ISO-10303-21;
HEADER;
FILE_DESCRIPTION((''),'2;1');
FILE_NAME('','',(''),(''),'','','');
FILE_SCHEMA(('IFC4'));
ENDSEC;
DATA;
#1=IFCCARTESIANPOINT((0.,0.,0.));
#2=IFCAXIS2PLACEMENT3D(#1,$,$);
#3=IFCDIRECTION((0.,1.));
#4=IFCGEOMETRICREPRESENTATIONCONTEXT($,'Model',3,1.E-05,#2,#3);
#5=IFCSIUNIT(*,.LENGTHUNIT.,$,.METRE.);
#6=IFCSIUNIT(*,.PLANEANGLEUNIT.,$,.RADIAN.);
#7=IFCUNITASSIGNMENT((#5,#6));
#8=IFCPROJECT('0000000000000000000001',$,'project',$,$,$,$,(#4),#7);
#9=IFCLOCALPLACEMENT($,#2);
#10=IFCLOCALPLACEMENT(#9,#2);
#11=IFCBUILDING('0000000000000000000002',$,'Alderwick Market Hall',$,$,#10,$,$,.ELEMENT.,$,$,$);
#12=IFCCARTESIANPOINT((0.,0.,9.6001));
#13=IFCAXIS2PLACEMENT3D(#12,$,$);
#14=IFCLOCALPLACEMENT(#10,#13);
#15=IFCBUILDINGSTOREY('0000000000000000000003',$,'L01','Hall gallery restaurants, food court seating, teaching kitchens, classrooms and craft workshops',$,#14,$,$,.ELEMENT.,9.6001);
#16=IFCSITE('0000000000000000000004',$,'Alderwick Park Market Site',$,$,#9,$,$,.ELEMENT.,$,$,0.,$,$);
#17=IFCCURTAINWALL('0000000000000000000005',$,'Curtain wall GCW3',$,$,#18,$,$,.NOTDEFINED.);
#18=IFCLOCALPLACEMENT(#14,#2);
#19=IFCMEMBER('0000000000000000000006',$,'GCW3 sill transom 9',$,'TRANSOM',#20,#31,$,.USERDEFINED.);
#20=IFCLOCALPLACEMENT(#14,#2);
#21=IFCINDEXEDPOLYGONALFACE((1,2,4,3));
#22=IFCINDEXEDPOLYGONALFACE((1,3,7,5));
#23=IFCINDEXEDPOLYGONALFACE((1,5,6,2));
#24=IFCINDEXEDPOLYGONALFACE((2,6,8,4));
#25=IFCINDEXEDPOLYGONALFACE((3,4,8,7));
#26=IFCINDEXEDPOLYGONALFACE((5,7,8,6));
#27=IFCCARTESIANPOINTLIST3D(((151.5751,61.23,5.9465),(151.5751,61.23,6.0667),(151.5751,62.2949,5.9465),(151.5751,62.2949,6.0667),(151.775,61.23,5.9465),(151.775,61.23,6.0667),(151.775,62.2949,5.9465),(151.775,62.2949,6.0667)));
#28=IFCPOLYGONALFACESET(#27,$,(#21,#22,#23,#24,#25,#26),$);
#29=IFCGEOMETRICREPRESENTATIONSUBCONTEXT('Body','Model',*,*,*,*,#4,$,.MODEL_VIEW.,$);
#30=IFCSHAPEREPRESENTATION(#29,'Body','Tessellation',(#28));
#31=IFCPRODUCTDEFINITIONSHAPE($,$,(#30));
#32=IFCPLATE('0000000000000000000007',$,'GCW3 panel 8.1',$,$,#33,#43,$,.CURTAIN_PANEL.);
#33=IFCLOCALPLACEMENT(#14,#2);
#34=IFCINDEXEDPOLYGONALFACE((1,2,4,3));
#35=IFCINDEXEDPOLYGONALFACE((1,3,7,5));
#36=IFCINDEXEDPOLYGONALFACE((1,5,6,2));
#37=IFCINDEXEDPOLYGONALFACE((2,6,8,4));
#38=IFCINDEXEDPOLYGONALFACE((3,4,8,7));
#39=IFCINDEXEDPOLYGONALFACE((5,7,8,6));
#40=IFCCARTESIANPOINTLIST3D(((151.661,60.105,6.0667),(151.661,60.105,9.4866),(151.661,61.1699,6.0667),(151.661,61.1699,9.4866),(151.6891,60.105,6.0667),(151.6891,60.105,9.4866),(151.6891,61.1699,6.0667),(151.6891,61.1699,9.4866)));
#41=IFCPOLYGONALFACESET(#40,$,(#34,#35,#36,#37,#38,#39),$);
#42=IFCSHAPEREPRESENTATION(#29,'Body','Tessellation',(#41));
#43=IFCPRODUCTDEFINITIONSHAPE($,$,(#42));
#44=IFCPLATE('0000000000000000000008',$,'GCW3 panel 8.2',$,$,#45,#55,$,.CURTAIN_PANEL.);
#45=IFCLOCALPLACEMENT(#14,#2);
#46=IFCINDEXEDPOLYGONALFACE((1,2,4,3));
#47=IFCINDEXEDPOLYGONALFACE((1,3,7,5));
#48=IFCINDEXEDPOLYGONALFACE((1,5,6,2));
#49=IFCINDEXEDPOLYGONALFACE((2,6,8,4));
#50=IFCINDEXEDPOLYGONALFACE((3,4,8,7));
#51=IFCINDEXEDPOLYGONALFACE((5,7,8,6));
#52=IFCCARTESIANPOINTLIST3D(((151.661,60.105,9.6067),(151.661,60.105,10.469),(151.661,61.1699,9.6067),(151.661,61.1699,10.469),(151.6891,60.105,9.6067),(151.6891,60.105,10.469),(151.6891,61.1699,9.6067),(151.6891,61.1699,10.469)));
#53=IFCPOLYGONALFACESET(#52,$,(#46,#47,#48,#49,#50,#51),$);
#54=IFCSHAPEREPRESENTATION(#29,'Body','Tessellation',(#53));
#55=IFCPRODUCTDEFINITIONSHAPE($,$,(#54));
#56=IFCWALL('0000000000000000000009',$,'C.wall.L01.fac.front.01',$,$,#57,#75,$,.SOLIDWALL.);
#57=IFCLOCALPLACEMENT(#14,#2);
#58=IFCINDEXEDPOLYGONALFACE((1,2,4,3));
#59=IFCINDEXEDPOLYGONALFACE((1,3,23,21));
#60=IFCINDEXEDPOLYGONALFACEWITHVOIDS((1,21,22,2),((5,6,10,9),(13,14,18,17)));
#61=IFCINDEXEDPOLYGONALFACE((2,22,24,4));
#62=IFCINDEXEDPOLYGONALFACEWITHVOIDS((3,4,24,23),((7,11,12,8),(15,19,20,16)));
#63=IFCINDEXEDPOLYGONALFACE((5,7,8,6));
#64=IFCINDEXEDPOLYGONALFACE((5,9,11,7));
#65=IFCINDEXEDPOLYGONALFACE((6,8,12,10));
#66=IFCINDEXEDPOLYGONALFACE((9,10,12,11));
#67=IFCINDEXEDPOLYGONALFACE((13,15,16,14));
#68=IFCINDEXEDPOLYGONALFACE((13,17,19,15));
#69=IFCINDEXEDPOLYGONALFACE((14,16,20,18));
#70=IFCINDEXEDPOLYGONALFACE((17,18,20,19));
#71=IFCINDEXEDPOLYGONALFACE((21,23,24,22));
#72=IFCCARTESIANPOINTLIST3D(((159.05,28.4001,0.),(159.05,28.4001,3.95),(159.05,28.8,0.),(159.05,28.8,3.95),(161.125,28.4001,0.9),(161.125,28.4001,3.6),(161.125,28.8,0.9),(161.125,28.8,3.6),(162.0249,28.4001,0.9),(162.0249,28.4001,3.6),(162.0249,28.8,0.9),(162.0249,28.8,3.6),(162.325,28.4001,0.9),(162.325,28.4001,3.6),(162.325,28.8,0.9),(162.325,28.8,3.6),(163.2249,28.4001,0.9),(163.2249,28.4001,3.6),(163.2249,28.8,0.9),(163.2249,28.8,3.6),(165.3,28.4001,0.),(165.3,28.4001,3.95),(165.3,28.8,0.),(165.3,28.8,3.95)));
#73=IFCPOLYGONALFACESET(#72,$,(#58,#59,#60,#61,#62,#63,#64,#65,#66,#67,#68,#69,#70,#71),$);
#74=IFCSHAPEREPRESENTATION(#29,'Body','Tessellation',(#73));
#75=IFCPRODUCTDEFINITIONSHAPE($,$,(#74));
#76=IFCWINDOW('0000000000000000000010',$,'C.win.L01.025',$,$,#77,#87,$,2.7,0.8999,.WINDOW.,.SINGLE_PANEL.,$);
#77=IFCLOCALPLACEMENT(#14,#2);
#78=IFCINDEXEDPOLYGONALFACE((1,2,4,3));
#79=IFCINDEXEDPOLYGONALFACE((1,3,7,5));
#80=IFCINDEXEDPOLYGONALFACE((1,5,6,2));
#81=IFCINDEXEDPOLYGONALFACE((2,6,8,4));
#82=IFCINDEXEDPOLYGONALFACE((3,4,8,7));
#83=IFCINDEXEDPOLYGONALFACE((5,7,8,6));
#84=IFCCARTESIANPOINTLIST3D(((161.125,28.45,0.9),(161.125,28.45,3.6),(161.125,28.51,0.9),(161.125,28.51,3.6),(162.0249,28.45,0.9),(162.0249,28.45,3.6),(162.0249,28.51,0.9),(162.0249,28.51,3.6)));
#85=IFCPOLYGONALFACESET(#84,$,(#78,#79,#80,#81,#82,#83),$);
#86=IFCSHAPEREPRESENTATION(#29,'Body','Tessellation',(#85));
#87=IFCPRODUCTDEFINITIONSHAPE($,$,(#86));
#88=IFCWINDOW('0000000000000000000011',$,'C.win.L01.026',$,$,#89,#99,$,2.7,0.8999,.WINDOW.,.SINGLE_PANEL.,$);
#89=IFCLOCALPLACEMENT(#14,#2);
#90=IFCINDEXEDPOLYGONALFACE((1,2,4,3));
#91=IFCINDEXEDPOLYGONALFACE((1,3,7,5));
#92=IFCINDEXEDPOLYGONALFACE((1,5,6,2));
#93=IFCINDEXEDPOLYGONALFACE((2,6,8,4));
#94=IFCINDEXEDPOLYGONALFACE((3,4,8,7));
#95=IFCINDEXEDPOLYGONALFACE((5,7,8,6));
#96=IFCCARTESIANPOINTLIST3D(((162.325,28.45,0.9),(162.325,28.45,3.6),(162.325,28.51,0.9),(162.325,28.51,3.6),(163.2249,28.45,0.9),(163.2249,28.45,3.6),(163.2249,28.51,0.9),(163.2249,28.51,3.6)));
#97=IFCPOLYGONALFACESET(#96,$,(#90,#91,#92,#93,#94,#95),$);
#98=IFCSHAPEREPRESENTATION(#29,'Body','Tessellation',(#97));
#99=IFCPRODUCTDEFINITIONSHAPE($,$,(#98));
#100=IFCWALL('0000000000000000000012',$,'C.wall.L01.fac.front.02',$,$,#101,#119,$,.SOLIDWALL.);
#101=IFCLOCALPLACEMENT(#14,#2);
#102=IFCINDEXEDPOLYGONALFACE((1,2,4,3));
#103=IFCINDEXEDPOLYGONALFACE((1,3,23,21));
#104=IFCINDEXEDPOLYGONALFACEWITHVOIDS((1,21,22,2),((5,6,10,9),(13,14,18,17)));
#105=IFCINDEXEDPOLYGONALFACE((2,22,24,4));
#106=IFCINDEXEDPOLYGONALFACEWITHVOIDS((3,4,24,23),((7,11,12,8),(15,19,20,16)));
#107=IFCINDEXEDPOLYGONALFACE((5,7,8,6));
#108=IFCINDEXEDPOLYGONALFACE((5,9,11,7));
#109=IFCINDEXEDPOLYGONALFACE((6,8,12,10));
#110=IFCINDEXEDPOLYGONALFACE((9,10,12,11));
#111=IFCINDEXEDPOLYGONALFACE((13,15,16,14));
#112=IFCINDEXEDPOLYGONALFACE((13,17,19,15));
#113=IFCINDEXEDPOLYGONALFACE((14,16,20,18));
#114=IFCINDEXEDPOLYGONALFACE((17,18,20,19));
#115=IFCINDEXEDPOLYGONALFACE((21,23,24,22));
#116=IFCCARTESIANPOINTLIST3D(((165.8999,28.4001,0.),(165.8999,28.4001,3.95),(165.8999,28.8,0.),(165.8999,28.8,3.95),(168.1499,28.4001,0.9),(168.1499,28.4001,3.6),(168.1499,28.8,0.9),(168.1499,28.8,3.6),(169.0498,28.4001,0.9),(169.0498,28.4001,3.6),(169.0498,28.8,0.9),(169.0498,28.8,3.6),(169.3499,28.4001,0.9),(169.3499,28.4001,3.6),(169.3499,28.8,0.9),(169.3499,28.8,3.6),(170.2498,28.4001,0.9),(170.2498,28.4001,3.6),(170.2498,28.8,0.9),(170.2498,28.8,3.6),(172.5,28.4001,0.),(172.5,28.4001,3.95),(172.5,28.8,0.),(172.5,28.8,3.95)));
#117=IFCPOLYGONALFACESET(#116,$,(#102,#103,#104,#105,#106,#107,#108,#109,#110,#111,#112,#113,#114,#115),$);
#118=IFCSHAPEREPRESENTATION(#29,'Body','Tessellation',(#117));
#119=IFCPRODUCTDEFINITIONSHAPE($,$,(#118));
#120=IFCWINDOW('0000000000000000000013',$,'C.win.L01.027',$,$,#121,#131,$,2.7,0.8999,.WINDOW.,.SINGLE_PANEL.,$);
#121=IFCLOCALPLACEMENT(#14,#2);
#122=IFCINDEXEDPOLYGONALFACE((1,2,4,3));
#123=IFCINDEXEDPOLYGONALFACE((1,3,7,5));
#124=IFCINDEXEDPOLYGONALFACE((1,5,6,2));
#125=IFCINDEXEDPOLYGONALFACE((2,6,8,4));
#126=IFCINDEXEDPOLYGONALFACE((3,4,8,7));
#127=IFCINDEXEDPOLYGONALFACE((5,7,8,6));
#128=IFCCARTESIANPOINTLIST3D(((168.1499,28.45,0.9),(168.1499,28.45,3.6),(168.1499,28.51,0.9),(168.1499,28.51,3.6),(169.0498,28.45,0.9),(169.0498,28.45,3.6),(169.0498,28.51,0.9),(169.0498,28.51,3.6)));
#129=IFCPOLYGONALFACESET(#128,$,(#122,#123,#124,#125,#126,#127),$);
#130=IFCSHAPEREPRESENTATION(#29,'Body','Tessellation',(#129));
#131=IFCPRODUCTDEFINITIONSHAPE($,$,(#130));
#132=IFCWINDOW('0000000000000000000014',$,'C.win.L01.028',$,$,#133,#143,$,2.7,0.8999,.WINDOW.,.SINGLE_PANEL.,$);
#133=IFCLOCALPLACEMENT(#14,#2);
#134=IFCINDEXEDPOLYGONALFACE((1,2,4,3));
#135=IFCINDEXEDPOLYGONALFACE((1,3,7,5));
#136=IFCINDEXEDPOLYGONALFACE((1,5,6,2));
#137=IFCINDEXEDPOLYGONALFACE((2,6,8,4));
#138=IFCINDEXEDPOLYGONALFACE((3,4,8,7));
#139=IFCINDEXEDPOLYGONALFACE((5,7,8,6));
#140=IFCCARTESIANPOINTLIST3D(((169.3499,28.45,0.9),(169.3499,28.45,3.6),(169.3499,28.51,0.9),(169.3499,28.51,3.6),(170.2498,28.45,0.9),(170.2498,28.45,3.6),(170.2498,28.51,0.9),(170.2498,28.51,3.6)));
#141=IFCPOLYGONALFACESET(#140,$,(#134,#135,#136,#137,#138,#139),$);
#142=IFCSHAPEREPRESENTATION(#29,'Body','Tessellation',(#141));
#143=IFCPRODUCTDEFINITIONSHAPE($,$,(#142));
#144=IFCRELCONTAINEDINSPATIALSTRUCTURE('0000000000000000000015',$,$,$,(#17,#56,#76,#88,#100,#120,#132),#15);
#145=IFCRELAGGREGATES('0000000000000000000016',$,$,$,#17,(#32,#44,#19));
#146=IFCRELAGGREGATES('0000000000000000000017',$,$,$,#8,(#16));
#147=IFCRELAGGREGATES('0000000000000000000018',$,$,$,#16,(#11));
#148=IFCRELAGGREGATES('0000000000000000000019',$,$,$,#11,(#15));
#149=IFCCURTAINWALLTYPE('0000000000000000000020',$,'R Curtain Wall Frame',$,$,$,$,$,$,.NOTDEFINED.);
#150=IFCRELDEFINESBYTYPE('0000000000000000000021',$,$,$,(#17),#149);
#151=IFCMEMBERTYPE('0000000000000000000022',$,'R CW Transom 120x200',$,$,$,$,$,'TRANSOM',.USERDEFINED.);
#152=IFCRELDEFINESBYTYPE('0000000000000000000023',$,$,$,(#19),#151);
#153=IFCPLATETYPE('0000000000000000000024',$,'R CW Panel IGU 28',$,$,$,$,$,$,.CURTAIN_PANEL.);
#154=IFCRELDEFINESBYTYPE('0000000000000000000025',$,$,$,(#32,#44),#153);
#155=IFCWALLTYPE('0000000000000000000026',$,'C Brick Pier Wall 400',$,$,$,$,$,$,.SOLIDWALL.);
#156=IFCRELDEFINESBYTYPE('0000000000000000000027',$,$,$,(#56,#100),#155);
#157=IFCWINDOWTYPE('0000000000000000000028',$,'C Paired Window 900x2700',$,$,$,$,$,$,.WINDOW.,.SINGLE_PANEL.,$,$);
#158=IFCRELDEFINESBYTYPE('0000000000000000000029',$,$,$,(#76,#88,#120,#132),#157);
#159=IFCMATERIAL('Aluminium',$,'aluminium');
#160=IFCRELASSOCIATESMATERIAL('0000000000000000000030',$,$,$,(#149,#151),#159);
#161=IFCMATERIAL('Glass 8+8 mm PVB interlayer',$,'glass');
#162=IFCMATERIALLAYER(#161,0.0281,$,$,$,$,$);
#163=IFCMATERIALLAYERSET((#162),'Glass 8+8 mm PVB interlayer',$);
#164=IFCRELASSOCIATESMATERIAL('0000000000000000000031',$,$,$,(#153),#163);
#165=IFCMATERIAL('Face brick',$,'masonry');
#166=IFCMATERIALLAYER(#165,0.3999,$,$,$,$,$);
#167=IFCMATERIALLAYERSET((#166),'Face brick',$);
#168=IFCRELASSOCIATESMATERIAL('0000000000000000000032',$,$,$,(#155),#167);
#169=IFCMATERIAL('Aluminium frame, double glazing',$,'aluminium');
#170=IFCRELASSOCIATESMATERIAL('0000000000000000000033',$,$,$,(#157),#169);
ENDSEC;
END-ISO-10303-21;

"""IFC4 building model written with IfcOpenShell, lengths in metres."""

from ifc_helpers import new_model, si_unit, direction, frame, frame_2d, origin, origin_2d, place, context, subcontext, project, spatial, rectangle, extrude, material, layer, layer_set, material_profile, profile_set, type_object, element, fill, aggregate, save


model = new_model("IFC4")

# Units and contexts
model_context = context("Model", 3, precision=1e-05, world=origin(), true_north=direction((0.0, 1.0)))
body_context = subcontext(model_context, "Body", "Model", "MODEL_VIEW")
ifc_project = project(units=[si_unit("LENGTHUNIT", "METRE"), si_unit("PLANEANGLEUNIT", "RADIAN")], contexts=[model_context])

# Site, building, storey
site_placement = place(None, origin())
site = spatial("IfcSite", under=ifc_project, at=site_placement, Name="Alderwick Park Market Site", CompositionType="ELEMENT", RefElevation=0.0)
building_placement = place(site_placement, origin())
building = spatial("IfcBuilding", under=site, at=building_placement, Name="Alderwick Market Hall", CompositionType="ELEMENT")
storey_placement = place(building_placement, frame((0.0, 0.0, 9.6001)))
storey = spatial("IfcBuildingStorey", under=building, at=storey_placement, Name="L01", Description="Hall gallery restaurants, food court seating, teaching kitchens, classrooms and craft workshops", CompositionType="ELEMENT", Elevation=9.6001)

# Curtain wall, member, plates
ifc_material_1 = material(Name="Aluminium", Category="aluminium")
curtain_wall_type = type_object("IfcCurtainWallType", Name="R Curtain Wall Frame", PredefinedType="NOTDEFINED", material=ifc_material_1)
curtain_wall_placement = place(storey_placement, origin())
curtain_wall = element("IfcCurtainWall", 1, at=curtain_wall_placement, inside=storey, type_object=curtain_wall_type, Name="Curtain wall GCW3", PredefinedType="NOTDEFINED")
ifc_material_profile_1 = material_profile(ifc_material_1, rectangle(XDim=0.2, YDim=0.1201, at=origin_2d()), Name="AL 120x200")
ifc_profile_set_1 = profile_set([ifc_material_profile_1], Name="Aluminium")
member_type_1 = type_object("IfcMemberType", Name="R CW Transom 120x200", ElementType="TRANSOM", PredefinedType="USERDEFINED", material=ifc_profile_set_1)
member_1_placement = place(storey_placement, frame((151.675, 61.23, 6.0066), z_axis=(0.0, 1.0, 0.0), x_axis=(-1.0, 0.0, 0.0)))
member_1 = element("IfcMember", 2, at=member_1_placement, type_object=member_type_1, Name="GCW3 sill transom 9", ObjectType="TRANSOM", PredefinedType="USERDEFINED", context=body_context, shape_type="SweptSolid", body=[
    extrude(rectangle(XDim=0.2, YDim=0.1201, at=origin_2d()), origin(), (0.0, 0.0, 1.0), 1.0649),
])
ifc_material_2 = material(Name="Glass 8+8 mm PVB interlayer", Category="glass")
ifc_layer_1 = layer(ifc_material_2, 0.0281)
ifc_layer_set_1 = layer_set([ifc_layer_1], Name="Glass 8+8 mm PVB interlayer")
plate_type = type_object("IfcPlateType", Name="R CW Panel IGU 28", PredefinedType="CURTAIN_PANEL", material=ifc_layer_set_1)
plate_1_placement = place(storey_placement, frame((151.675, 60.6375, 6.0667), z_axis=(0.0, 0.0, 1.0), x_axis=(1.0, 0.0, 0.0)))
plate_1 = element("IfcPlate", 3, at=plate_1_placement, type_object=plate_type, Name="GCW3 panel 8.1", PredefinedType="CURTAIN_PANEL", context=body_context, shape_type="SweptSolid", body=[
    extrude(rectangle(XDim=0.0281, YDim=1.0649, at=origin_2d()), origin(), (0.0, 0.0, 1.0), 3.4199),
])
plate_2_placement = place(storey_placement, frame((151.675, 60.6375, 9.6067), z_axis=(0.0, 0.0, 1.0), x_axis=(1.0, 0.0, 0.0)))
plate_2 = element("IfcPlate", 4, at=plate_2_placement, type_object=plate_type, Name="GCW3 panel 8.2", PredefinedType="CURTAIN_PANEL", context=body_context, shape_type="SweptSolid", body=[
    extrude(rectangle(XDim=0.0281, YDim=1.0649, at=origin_2d()), origin(), (0.0, 0.0, 1.0), 0.8623),
])
aggregate(curtain_wall, [plate_1, plate_2, member_1])

# Walls, openings, windows
ifc_material_3 = material(Name="Face brick", Category="masonry")
ifc_layer_2 = layer(ifc_material_3, 0.3999)
ifc_layer_set_2 = layer_set([ifc_layer_2], Name="Face brick")
wall_type_1 = type_object("IfcWallType", Name="C Brick Pier Wall 400", PredefinedType="SOLIDWALL", material=ifc_layer_set_2)
wall_1_placement = place(storey_placement, frame((159.05, 28.6001, 0.0), z_axis=(0.0, 0.0, 1.0), x_axis=(1.0, 0.0, 0.0)))
wall_1 = element("IfcWall", 5, at=wall_1_placement, inside=storey, type_object=wall_type_1, Name="C.wall.L01.fac.front.01", PredefinedType="SOLIDWALL", context=body_context, shape_type="SweptSolid", body=[
    extrude(rectangle(XDim=6.25, YDim=0.3999, at=frame_2d((3.125, 0.0))), origin(), (0.0, 0.0, 1.0), 3.95),
])
opening_1_placement = place(wall_1_placement, frame((2.075, 0.0, 0.8999)))
opening_1 = element("IfcOpeningElement", 6, at=opening_1_placement, cuts=wall_1, PredefinedType="OPENING", context=body_context, shape_type="SweptSolid", body=[
    extrude(rectangle(XDim=0.8999, YDim=2.7, at=frame_2d((0.45, 1.3501))), frame((0.0, 0.21, 0.0), z_axis=(0.0, -1.0, 0.0), x_axis=(1.0, 0.0, 0.0)), (0.0, 0.0, 1.0), 0.4199),
])
opening_2_placement = place(wall_1_placement, frame((3.2749, 0.0, 0.8999)))
opening_2 = element("IfcOpeningElement", 7, at=opening_2_placement, cuts=wall_1, PredefinedType="OPENING", context=body_context, shape_type="SweptSolid", body=[
    extrude(rectangle(XDim=0.8999, YDim=2.7, at=frame_2d((0.45, 1.3501))), frame((0.0, 0.21, 0.0), z_axis=(0.0, -1.0, 0.0), x_axis=(1.0, 0.0, 0.0)), (0.0, 0.0, 1.0), 0.4199),
])
ifc_material_4 = material(Name="Aluminium frame, double glazing", Category="aluminium")
window_type = type_object("IfcWindowType", Name="C Paired Window 900x2700", PartitioningType="SINGLE_PANEL", PredefinedType="WINDOW", material=ifc_material_4)
window_1_placement = place(opening_1_placement, origin())
window_1 = element("IfcWindow", 8, at=window_1_placement, inside=storey, type_object=window_type, Name="C.win.L01.025", OverallHeight=2.7, OverallWidth=0.8999, PartitioningType="SINGLE_PANEL", PredefinedType="WINDOW", context=body_context, shape_type="SweptSolid", body=[
    extrude(rectangle(XDim=0.8999, YDim=2.7, at=frame_2d((0.45, 1.3501))), frame((0.0, -0.0901, 0.0), z_axis=(0.0, -1.0, 0.0), x_axis=(1.0, 0.0, 0.0)), (0.0, 0.0, 1.0), 0.0601),
])
fill(opening_1, window_1)
window_2_placement = place(opening_2_placement, origin())
window_2 = element("IfcWindow", 9, at=window_2_placement, inside=storey, type_object=window_type, Name="C.win.L01.026", OverallHeight=2.7, OverallWidth=0.8999, PartitioningType="SINGLE_PANEL", PredefinedType="WINDOW", context=body_context, shape_type="SweptSolid", body=[
    extrude(rectangle(XDim=0.8999, YDim=2.7, at=frame_2d((0.45, 1.3501))), frame((0.0, -0.0901, 0.0), z_axis=(0.0, -1.0, 0.0), x_axis=(1.0, 0.0, 0.0)), (0.0, 0.0, 1.0), 0.0601),
])
fill(opening_2, window_2)
wall_2_placement = place(storey_placement, frame((165.8999, 28.6001, 0.0), z_axis=(0.0, 0.0, 1.0), x_axis=(1.0, 0.0, 0.0)))
wall_2 = element("IfcWall", 10, at=wall_2_placement, inside=storey, type_object=wall_type_1, Name="C.wall.L01.fac.front.02", PredefinedType="SOLIDWALL", context=body_context, shape_type="SweptSolid", body=[
    extrude(rectangle(XDim=6.6001, YDim=0.3999, at=frame_2d((3.3, 0.0))), origin(), (0.0, 0.0, 1.0), 3.95),
])
opening_3_placement = place(wall_2_placement, frame((2.25, 0.0, 0.8999)))
opening_3 = element("IfcOpeningElement", 11, at=opening_3_placement, cuts=wall_2, PredefinedType="OPENING", context=body_context, shape_type="SweptSolid", body=[
    extrude(rectangle(XDim=0.8999, YDim=2.7, at=frame_2d((0.45, 1.3501))), frame((0.0, 0.21, 0.0), z_axis=(0.0, -1.0, 0.0), x_axis=(1.0, 0.0, 0.0)), (0.0, 0.0, 1.0), 0.4199),
])
opening_4_placement = place(wall_2_placement, frame((3.45, 0.0, 0.8999)))
opening_4 = element("IfcOpeningElement", 12, at=opening_4_placement, cuts=wall_2, PredefinedType="OPENING", context=body_context, shape_type="SweptSolid", body=[
    extrude(rectangle(XDim=0.8999, YDim=2.7, at=frame_2d((0.45, 1.3501))), frame((0.0, 0.21, 0.0), z_axis=(0.0, -1.0, 0.0), x_axis=(1.0, 0.0, 0.0)), (0.0, 0.0, 1.0), 0.4199),
])
window_3_placement = place(opening_3_placement, origin())
window_3 = element("IfcWindow", 13, at=window_3_placement, inside=storey, type_object=window_type, Name="C.win.L01.027", OverallHeight=2.7, OverallWidth=0.8999, PartitioningType="SINGLE_PANEL", PredefinedType="WINDOW", context=body_context, shape_type="SweptSolid", body=[
    extrude(rectangle(XDim=0.8999, YDim=2.7, at=frame_2d((0.45, 1.3501))), frame((0.0, -0.0901, 0.0), z_axis=(0.0, -1.0, 0.0), x_axis=(1.0, 0.0, 0.0)), (0.0, 0.0, 1.0), 0.0601),
])
fill(opening_3, window_3)
window_4_placement = place(opening_4_placement, origin())
window_4 = element("IfcWindow", 14, at=window_4_placement, inside=storey, type_object=window_type, Name="C.win.L01.028", OverallHeight=2.7, OverallWidth=0.8999, PartitioningType="SINGLE_PANEL", PredefinedType="WINDOW", context=body_context, shape_type="SweptSolid", body=[
    extrude(rectangle(XDim=0.8999, YDim=2.7, at=frame_2d((0.45, 1.3501))), frame((0.0, -0.0901, 0.0), z_axis=(0.0, -1.0, 0.0), x_axis=(1.0, 0.0, 0.0)), (0.0, 0.0, 1.0), 0.0601),
])
fill(opening_4, window_4)

save(model, "model.ifc")
